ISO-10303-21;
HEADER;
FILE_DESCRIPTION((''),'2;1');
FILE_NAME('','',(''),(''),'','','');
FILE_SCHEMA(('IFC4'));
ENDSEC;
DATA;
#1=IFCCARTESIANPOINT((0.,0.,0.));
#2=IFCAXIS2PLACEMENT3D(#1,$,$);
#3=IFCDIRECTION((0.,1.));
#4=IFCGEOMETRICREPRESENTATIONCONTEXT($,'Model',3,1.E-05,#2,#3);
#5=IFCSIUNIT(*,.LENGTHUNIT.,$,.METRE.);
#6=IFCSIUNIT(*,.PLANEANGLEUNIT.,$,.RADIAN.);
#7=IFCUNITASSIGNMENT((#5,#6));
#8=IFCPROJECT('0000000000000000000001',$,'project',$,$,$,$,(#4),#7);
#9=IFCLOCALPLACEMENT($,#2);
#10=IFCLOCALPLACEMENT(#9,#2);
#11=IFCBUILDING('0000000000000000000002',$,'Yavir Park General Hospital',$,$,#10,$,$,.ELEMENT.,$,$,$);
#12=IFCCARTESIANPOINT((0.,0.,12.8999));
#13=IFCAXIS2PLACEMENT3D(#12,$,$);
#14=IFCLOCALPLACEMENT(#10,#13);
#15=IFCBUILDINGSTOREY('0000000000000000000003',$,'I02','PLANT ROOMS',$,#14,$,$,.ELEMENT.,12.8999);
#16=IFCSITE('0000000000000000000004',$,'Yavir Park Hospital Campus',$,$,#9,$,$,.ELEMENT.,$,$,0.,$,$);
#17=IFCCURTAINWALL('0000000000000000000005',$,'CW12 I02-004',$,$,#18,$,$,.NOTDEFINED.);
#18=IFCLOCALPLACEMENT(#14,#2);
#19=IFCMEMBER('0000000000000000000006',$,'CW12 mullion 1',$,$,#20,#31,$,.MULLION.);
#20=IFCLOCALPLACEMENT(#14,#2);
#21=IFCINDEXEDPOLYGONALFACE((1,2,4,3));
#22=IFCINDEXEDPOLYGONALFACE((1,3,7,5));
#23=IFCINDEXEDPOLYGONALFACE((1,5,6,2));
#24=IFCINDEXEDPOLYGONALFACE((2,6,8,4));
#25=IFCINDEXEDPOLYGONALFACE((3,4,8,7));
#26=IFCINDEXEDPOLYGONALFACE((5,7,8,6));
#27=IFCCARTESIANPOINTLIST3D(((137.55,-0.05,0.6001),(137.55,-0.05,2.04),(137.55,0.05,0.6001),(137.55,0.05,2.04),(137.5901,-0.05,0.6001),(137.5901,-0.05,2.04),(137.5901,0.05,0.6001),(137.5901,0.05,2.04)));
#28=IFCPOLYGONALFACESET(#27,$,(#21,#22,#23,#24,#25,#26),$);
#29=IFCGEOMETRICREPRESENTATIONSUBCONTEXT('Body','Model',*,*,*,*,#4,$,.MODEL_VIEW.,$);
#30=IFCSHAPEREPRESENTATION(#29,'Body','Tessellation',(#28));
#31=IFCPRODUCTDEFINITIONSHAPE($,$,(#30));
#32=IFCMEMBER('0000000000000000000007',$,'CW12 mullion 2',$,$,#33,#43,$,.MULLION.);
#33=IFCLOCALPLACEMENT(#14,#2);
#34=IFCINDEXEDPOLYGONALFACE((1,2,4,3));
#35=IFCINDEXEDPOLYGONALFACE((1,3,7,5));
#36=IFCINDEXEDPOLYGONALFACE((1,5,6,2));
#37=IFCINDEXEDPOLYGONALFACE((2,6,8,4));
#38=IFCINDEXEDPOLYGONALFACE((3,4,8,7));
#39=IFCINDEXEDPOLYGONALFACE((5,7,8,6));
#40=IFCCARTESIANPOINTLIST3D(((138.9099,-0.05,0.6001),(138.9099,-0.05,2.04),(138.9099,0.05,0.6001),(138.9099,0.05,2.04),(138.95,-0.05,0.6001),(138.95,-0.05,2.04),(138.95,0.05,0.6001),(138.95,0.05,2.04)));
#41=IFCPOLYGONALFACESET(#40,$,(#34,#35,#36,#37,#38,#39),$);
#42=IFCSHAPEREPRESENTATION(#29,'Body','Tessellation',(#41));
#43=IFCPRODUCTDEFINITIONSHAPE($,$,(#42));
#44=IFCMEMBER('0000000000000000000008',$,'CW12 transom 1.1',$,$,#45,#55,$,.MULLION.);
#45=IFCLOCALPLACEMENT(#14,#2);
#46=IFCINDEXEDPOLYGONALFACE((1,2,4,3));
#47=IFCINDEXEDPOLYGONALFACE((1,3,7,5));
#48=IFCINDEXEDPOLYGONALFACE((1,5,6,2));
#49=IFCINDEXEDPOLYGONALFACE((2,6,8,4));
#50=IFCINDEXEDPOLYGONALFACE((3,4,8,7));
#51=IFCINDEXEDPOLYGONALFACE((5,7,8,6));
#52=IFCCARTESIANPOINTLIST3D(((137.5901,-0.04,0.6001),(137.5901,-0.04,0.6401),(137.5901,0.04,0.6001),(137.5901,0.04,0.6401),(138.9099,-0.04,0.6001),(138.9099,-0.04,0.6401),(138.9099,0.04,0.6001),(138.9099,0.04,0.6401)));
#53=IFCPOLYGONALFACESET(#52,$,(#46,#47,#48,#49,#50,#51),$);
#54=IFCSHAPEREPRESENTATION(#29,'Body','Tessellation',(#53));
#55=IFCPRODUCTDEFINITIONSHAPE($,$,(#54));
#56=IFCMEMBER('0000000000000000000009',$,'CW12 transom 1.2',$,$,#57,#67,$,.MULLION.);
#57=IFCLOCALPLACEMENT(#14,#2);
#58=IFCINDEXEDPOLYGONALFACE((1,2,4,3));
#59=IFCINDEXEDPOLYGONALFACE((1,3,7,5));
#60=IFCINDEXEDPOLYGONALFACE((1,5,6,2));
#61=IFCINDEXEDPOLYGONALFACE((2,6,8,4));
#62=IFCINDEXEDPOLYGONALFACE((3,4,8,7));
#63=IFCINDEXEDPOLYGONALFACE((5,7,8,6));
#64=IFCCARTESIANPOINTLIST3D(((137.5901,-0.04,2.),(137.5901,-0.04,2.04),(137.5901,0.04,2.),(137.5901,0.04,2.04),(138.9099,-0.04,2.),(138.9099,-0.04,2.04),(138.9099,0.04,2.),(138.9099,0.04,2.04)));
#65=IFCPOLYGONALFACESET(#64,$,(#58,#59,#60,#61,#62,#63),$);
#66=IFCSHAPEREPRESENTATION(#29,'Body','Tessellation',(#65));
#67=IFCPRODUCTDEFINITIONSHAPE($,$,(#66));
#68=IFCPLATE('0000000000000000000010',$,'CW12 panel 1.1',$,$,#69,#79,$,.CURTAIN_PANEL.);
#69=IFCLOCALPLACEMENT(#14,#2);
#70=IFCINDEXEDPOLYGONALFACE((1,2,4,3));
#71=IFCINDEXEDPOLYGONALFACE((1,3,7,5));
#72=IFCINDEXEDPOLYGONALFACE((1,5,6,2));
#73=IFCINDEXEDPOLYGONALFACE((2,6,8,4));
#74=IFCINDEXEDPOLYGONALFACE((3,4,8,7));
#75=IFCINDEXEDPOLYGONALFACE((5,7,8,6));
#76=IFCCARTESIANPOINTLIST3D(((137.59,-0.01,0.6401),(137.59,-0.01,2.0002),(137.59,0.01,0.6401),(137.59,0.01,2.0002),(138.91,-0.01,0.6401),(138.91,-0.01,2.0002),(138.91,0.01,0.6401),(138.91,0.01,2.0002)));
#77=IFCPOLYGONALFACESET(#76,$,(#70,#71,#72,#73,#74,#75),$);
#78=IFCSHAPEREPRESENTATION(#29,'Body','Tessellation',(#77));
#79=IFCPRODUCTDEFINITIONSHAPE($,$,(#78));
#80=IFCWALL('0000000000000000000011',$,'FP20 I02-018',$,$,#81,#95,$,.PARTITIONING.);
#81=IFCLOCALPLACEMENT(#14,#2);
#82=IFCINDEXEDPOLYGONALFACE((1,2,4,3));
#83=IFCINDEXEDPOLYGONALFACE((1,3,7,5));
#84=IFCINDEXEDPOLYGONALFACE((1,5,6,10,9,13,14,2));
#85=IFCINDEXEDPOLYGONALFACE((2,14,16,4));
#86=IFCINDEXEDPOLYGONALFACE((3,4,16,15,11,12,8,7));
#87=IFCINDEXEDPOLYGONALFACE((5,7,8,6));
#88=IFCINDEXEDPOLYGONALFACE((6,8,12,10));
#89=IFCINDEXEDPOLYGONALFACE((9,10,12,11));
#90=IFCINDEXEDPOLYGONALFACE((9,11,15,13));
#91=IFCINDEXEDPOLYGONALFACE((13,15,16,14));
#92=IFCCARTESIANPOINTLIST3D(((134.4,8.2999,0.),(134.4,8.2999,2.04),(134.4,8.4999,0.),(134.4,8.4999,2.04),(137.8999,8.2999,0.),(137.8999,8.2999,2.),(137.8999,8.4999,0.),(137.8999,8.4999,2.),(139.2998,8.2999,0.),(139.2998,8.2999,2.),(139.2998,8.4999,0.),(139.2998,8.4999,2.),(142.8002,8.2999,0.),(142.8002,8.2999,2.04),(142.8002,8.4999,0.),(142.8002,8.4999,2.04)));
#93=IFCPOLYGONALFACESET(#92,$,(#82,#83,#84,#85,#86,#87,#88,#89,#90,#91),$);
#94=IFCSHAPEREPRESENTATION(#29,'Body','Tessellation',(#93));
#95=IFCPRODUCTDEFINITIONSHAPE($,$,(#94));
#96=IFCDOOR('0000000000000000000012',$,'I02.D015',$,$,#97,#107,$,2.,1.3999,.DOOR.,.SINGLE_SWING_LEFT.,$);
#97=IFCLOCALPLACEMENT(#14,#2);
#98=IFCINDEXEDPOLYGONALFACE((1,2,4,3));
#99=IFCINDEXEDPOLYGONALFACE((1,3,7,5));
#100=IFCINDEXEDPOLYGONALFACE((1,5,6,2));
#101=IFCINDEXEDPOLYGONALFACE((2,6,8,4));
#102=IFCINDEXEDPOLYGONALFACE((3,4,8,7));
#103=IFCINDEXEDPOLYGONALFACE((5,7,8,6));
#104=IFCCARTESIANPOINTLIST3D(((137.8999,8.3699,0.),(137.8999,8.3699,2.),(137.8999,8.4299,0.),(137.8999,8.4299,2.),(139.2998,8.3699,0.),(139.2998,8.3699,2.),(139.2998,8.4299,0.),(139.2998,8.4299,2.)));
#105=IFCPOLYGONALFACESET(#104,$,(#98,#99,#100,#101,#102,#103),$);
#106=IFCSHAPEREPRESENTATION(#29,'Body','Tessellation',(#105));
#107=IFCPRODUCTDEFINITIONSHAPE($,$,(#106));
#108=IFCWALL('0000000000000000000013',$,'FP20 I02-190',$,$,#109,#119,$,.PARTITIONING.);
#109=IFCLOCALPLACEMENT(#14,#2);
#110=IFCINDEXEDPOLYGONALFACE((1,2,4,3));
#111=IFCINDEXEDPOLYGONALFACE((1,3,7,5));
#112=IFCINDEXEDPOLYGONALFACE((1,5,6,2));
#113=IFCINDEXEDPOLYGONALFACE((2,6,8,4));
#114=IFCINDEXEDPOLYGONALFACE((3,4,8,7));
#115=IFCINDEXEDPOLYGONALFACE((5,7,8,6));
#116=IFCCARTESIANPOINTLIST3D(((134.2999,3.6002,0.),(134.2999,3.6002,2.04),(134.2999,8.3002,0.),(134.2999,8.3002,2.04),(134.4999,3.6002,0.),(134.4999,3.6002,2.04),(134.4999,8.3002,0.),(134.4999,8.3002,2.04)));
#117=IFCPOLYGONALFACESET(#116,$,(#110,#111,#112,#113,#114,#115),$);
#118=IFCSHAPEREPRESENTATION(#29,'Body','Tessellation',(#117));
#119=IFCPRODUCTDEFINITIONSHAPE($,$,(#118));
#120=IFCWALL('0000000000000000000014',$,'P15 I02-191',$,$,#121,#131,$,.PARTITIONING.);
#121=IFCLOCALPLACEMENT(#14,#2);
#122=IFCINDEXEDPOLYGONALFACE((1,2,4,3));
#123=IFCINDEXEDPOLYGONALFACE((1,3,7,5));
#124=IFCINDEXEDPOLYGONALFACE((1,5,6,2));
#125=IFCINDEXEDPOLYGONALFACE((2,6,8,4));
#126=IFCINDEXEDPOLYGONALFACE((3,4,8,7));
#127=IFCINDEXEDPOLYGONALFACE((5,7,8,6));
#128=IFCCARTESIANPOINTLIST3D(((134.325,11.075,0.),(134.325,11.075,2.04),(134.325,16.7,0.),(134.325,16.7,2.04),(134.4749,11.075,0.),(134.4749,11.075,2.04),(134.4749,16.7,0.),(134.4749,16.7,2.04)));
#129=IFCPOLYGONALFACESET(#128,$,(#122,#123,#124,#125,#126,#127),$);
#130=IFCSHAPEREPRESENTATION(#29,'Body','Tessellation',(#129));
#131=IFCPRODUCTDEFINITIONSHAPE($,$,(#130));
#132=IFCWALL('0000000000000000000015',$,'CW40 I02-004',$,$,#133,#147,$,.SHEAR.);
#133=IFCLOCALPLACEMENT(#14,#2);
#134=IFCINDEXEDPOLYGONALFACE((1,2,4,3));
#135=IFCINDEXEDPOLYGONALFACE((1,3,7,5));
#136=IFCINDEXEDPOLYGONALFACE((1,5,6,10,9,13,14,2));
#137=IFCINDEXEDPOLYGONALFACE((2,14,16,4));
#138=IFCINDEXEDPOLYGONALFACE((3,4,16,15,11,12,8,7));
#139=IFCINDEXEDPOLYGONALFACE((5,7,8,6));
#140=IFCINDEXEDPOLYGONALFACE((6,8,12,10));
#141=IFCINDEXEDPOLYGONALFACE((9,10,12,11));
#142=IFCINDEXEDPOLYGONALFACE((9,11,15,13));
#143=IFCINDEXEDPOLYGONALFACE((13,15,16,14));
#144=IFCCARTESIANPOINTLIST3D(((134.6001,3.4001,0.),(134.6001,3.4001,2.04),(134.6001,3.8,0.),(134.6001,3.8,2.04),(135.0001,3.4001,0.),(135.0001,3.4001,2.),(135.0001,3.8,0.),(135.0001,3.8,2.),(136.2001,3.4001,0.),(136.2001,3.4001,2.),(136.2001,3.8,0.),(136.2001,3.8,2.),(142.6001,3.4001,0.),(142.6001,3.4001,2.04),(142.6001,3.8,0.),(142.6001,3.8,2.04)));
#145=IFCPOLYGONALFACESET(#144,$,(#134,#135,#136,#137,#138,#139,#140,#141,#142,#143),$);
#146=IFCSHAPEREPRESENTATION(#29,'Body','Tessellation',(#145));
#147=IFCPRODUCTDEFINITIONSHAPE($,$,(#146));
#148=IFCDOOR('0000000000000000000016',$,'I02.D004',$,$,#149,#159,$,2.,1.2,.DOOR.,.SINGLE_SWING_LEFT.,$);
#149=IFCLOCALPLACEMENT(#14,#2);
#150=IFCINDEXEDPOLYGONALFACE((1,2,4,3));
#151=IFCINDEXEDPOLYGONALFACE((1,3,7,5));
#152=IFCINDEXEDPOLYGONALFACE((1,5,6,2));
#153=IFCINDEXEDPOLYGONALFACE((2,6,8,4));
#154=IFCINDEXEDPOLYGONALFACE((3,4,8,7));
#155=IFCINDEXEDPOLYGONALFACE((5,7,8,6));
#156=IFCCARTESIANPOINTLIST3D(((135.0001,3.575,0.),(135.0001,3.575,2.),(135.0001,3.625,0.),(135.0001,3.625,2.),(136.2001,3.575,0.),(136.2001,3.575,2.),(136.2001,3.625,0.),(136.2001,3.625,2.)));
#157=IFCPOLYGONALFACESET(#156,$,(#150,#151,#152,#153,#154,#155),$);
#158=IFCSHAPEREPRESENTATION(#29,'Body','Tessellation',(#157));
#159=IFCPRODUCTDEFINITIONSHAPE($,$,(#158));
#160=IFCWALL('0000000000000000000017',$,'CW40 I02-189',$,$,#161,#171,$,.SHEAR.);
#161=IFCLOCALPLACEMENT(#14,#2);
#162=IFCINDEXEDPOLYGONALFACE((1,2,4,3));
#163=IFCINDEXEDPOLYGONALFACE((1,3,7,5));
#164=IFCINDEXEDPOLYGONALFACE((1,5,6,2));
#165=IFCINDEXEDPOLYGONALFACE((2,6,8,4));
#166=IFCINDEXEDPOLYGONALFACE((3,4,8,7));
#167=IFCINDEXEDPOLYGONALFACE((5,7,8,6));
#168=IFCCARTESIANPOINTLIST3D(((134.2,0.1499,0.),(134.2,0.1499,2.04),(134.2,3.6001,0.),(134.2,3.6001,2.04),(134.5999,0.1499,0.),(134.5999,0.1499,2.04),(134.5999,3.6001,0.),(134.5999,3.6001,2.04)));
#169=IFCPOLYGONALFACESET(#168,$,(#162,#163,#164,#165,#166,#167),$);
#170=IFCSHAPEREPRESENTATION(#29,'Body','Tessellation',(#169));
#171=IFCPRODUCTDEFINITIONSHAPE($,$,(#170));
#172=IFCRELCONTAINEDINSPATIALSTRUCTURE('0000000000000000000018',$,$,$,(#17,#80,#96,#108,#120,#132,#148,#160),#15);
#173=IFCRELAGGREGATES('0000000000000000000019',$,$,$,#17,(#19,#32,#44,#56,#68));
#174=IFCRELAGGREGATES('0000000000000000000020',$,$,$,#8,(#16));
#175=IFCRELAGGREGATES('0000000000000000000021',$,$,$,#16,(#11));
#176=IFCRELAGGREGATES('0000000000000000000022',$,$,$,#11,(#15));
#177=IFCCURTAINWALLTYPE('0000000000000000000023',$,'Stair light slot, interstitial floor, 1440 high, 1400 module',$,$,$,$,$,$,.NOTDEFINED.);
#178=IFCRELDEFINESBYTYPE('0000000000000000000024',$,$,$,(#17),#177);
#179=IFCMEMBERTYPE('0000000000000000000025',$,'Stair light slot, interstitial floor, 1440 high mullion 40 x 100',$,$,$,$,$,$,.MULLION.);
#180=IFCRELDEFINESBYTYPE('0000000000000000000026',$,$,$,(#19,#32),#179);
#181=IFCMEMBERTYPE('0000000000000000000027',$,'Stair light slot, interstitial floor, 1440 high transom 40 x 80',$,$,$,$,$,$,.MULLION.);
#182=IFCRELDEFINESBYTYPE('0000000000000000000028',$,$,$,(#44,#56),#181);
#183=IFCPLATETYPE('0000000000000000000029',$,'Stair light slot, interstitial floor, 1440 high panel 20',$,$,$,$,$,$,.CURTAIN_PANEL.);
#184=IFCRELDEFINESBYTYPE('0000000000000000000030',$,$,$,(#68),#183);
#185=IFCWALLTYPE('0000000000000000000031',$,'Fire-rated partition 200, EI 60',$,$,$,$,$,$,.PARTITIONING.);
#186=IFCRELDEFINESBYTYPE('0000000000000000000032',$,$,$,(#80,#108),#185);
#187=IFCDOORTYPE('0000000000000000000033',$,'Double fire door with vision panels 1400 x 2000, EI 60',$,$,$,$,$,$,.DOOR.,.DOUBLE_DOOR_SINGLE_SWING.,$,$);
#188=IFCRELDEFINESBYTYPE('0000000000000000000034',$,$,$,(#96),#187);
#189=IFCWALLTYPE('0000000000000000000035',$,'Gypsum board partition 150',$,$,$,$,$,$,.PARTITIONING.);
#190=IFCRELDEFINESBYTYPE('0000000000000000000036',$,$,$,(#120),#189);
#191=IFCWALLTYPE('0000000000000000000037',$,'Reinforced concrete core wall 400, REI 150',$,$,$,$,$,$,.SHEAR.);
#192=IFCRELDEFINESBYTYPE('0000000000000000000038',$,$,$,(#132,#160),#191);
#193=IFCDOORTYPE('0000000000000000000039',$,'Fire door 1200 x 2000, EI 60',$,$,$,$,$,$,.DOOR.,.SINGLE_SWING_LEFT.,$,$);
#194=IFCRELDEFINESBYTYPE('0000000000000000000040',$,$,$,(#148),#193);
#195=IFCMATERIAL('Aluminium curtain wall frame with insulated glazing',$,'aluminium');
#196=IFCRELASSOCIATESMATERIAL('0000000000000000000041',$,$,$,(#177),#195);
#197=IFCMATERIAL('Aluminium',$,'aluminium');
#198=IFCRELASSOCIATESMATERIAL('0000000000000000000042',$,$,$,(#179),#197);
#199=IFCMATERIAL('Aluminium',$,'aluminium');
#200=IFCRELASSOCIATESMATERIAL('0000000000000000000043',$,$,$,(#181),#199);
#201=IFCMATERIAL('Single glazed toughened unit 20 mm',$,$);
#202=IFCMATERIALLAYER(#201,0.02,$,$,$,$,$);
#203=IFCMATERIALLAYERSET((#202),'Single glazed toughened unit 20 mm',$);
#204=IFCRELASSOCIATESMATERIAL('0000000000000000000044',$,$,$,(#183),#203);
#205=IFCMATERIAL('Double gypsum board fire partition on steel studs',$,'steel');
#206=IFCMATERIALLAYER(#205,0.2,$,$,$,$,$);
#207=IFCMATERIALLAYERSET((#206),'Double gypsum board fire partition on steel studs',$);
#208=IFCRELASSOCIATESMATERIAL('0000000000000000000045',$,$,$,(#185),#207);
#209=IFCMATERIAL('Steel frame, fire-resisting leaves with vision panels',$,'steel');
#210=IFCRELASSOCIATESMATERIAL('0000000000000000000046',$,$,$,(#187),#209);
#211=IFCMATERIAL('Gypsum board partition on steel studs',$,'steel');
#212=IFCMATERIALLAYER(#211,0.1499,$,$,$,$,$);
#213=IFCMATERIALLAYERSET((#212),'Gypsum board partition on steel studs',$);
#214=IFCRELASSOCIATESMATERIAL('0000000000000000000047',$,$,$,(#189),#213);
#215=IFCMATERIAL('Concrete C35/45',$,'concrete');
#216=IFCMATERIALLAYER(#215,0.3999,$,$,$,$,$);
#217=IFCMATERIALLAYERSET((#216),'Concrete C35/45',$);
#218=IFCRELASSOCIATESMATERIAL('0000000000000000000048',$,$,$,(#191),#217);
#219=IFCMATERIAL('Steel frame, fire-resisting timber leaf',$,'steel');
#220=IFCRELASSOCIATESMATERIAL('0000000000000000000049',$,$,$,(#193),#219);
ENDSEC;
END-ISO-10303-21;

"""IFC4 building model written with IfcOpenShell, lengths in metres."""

from ifc_helpers import new_model, si_unit, direction, frame, frame_2d, origin, origin_2d, place, context, subcontext, project, spatial, rectangle, extrude, material, layer, layer_set, material_profile, profile_set, type_object, element, fill, aggregate, save


model = new_model("IFC4")

# Units and contexts
model_context = context("Model", 3, precision=1e-05, world=origin(), true_north=direction((0.0, 1.0)))
body_context = subcontext(model_context, "Body", "Model", "MODEL_VIEW")
ifc_project = project(units=[si_unit("LENGTHUNIT", "METRE"), si_unit("PLANEANGLEUNIT", "RADIAN")], contexts=[model_context])

# Site, building, storey
site_placement = place(None, origin())
site = spatial("IfcSite", under=ifc_project, at=site_placement, Name="Yavir Park Hospital Campus", CompositionType="ELEMENT", RefElevation=0.0)
building_placement = place(site_placement, origin())
building = spatial("IfcBuilding", under=site, at=building_placement, Name="Yavir Park General Hospital", CompositionType="ELEMENT")
storey_placement = place(building_placement, frame((0.0, 0.0, 12.8999)))
storey = spatial("IfcBuildingStorey", under=building, at=storey_placement, Name="I02", Description="PLANT ROOMS", CompositionType="ELEMENT", Elevation=12.8999)

# Curtain wall, members, plate
ifc_material_1 = material(Name="Aluminium curtain wall frame with insulated glazing", Category="aluminium")
curtain_wall_type = type_object("IfcCurtainWallType", Name="Stair light slot, interstitial floor, 1440 high, 1400 module", PredefinedType="NOTDEFINED", material=ifc_material_1)
curtain_wall_placement = place(storey_placement, origin())
curtain_wall = element("IfcCurtainWall", 1, at=curtain_wall_placement, inside=storey, type_object=curtain_wall_type, Name="CW12 I02-004", PredefinedType="NOTDEFINED")
ifc_material_2 = material(Name="Aluminium", Category="aluminium")
ifc_material_profile_1 = material_profile(ifc_material_2, rectangle(XDim=0.1001, YDim=0.04, at=origin_2d()), Name="AL 40x100")
ifc_profile_set_1 = profile_set([ifc_material_profile_1], Name="Aluminium")
member_type_1 = type_object("IfcMemberType", Name="Stair light slot, interstitial floor, 1440 high mullion 40 x 100", PredefinedType="MULLION", material=ifc_profile_set_1)
member_1_placement = place(storey_placement, frame((137.5701, 0.0, 0.6001), z_axis=(0.0, 0.0, 1.0), x_axis=(0.0, 1.0, 0.0)))
member_1 = element("IfcMember", 2, at=member_1_placement, type_object=member_type_1, Name="CW12 mullion 1", PredefinedType="MULLION", context=body_context, shape_type="SweptSolid", body=[
    extrude(rectangle(XDim=0.1001, YDim=0.04, at=origin_2d()), origin(), (0.0, 0.0, 1.0), 1.4399),
])
member_2_placement = place(storey_placement, frame((138.9299, 0.0, 0.6001), z_axis=(0.0, 0.0, 1.0), x_axis=(0.0, 1.0, 0.0)))
member_2 = element("IfcMember", 3, at=member_2_placement, type_object=member_type_1, Name="CW12 mullion 2", PredefinedType="MULLION", context=body_context, shape_type="SweptSolid", body=[
    extrude(rectangle(XDim=0.1001, YDim=0.04, at=origin_2d()), origin(), (0.0, 0.0, 1.0), 1.4399),
])
ifc_material_3 = material(Name="Aluminium", Category="aluminium")
ifc_material_profile_2 = material_profile(ifc_material_3, rectangle(XDim=0.0801, YDim=0.04, at=origin_2d()), Name="AL 80x40")
ifc_profile_set_2 = profile_set([ifc_material_profile_2], Name="Aluminium")
member_type_2 = type_object("IfcMemberType", Name="Stair light slot, interstitial floor, 1440 high transom 40 x 80", PredefinedType="MULLION", material=ifc_profile_set_2)
member_3_placement = place(storey_placement, frame((137.5901, 0.0, 0.6201), z_axis=(1.0, 0.0, 0.0), x_axis=(0.0, 1.0, 0.0)))
member_3 = element("IfcMember", 4, at=member_3_placement, type_object=member_type_2, Name="CW12 transom 1.1", PredefinedType="MULLION", context=body_context, shape_type="SweptSolid", body=[
    extrude(rectangle(XDim=0.0801, YDim=0.04, at=origin_2d()), origin(), (0.0, 0.0, 1.0), 1.3198),
])
member_4_placement = place(storey_placement, frame((137.5901, 0.0, 2.02), z_axis=(1.0, 0.0, 0.0), x_axis=(0.0, 1.0, 0.0)))
member_4 = element("IfcMember", 5, at=member_4_placement, type_object=member_type_2, Name="CW12 transom 1.2", PredefinedType="MULLION", context=body_context, shape_type="SweptSolid", body=[
    extrude(rectangle(XDim=0.0801, YDim=0.04, at=origin_2d()), origin(), (0.0, 0.0, 1.0), 1.3198),
])
ifc_material_4 = material(Name="Single glazed toughened unit 20 mm")
ifc_layer_1 = layer(ifc_material_4, 0.02)
ifc_layer_set_1 = layer_set([ifc_layer_1], Name="Single glazed toughened unit 20 mm")
plate_type = type_object("IfcPlateType", Name="Stair light slot, interstitial floor, 1440 high panel 20", PredefinedType="CURTAIN_PANEL", material=ifc_layer_set_1)
plate_placement = place(storey_placement, frame((138.25, 0.0, 0.6401), z_axis=(0.0, 0.0, 1.0), x_axis=(1.0, 0.0, 0.0)))
plate = element("IfcPlate", 6, at=plate_placement, type_object=plate_type, Name="CW12 panel 1.1", PredefinedType="CURTAIN_PANEL", context=body_context, shape_type="SweptSolid", body=[
    extrude(rectangle(XDim=1.3201, YDim=0.02, at=origin_2d()), origin(), (0.0, 0.0, 1.0), 1.3601),
])
aggregate(curtain_wall, [member_1, member_2, member_3, member_4, plate])

# Wall, opening, door
ifc_material_5 = material(Name="Double gypsum board fire partition on steel studs", Category="steel")
ifc_layer_2 = layer(ifc_material_5, 0.2)
ifc_layer_set_2 = layer_set([ifc_layer_2], Name="Double gypsum board fire partition on steel studs")
wall_type_1 = type_object("IfcWallType", Name="Fire-rated partition 200, EI 60", PredefinedType="PARTITIONING", material=ifc_layer_set_2)
wall_1_placement = place(storey_placement, frame((134.3999, 8.3999, 0.0), z_axis=(0.0, 0.0, 1.0), x_axis=(1.0, 0.0, 0.0)))
wall_1 = element("IfcWall", 7, at=wall_1_placement, inside=storey, type_object=wall_type_1, Name="FP20 I02-018", PredefinedType="PARTITIONING", context=body_context, shape_type="SweptSolid", body=[
    extrude(rectangle(XDim=8.4001, YDim=0.2, at=frame_2d((4.2002, 0.0))), origin(), (0.0, 0.0, 1.0), 2.04),
])
opening_1_placement = place(wall_1_placement, frame((3.5, 0.0, 0.0)))
opening_1 = element("IfcOpeningElement", 8, at=opening_1_placement, cuts=wall_1, PredefinedType="OPENING", context=body_context, shape_type="SweptSolid", body=[
    extrude(rectangle(XDim=1.3999, YDim=2.0, at=frame_2d((0.7, 1.0))), frame((0.0, 0.1099, 0.0), z_axis=(0.0, -1.0, 0.0), x_axis=(1.0, 0.0, 0.0)), (0.0, 0.0, 1.0), 0.22),
])
ifc_material_6 = material(Name="Steel frame, fire-resisting leaves with vision panels", Category="steel")
door_type_1 = type_object("IfcDoorType", Name="Double fire door with vision panels 1400 x 2000, EI 60", OperationType="DOUBLE_DOOR_SINGLE_SWING", PredefinedType="DOOR", material=ifc_material_6)
door_1_placement = place(opening_1_placement, origin())
door_1 = element("IfcDoor", 9, at=door_1_placement, inside=storey, type_object=door_type_1, Name="I02.D015", OperationType="SINGLE_SWING_LEFT", OverallHeight=2.0, OverallWidth=1.3999, PredefinedType="DOOR", context=body_context, shape_type="SweptSolid", body=[
    extrude(rectangle(XDim=1.3999, YDim=2.0, at=frame_2d((0.7, 1.0))), frame((0.0, 0.03, 0.0), z_axis=(0.0, -1.0, 0.0), x_axis=(1.0, 0.0, 0.0)), (0.0, 0.0, 1.0), 0.0601),
])
fill(opening_1, door_1)

# Walls
wall_2_placement = place(storey_placement, frame((134.3999, 3.6001, 0.0), z_axis=(0.0, 0.0, 1.0), x_axis=(0.0, 1.0, 0.0)))
element("IfcWall", 10, at=wall_2_placement, inside=storey, type_object=wall_type_1, Name="FP20 I02-190", PredefinedType="PARTITIONING", context=body_context, shape_type="SweptSolid", body=[
    extrude(rectangle(XDim=4.7, YDim=0.2, at=frame_2d((2.3501, 0.0))), origin(), (0.0, 0.0, 1.0), 2.04),
])
ifc_material_7 = material(Name="Gypsum board partition on steel studs", Category="steel")
ifc_layer_3 = layer(ifc_material_7, 0.1499)
ifc_layer_set_3 = layer_set([ifc_layer_3], Name="Gypsum board partition on steel studs")
wall_type_2 = type_object("IfcWallType", Name="Gypsum board partition 150", PredefinedType="PARTITIONING", material=ifc_layer_set_3)
wall_3_placement = place(storey_placement, frame((134.3999, 11.075, 0.0), z_axis=(0.0, 0.0, 1.0), x_axis=(0.0, 1.0, 0.0)))
element("IfcWall", 11, at=wall_3_placement, inside=storey, type_object=wall_type_2, Name="P15 I02-191", PredefinedType="PARTITIONING", context=body_context, shape_type="SweptSolid", body=[
    extrude(rectangle(XDim=5.625, YDim=0.1499, at=frame_2d((2.8125, 0.0))), origin(), (0.0, 0.0, 1.0), 2.04),
])

# Wall, opening, door
ifc_material_8 = material(Name="Concrete C35/45", Category="concrete")
ifc_layer_4 = layer(ifc_material_8, 0.3999)
ifc_layer_set_4 = layer_set([ifc_layer_4], Name="Concrete C35/45")
wall_type_3 = type_object("IfcWallType", Name="Reinforced concrete core wall 400, REI 150", PredefinedType="SHEAR", material=ifc_layer_set_4)
wall_4_placement = place(storey_placement, frame((134.6001, 3.6001, 0.0), z_axis=(0.0, 0.0, 1.0), x_axis=(1.0, 0.0, 0.0)))
wall_4 = element("IfcWall", 12, at=wall_4_placement, inside=storey, type_object=wall_type_3, Name="CW40 I02-004", PredefinedType="SHEAR", context=body_context, shape_type="SweptSolid", body=[
    extrude(rectangle(XDim=8.0, YDim=0.3999, at=frame_2d((4.0, 0.0))), origin(), (0.0, 0.0, 1.0), 2.04),
])
opening_2_placement = place(wall_4_placement, frame((0.3999, 0.0, 0.0)))
opening_2 = element("IfcOpeningElement", 13, at=opening_2_placement, cuts=wall_4, PredefinedType="OPENING", context=body_context, shape_type="SweptSolid", body=[
    extrude(rectangle(XDim=1.2, YDim=2.0, at=frame_2d((0.6001, 1.0))), frame((0.0, 0.21, 0.0), z_axis=(0.0, -1.0, 0.0), x_axis=(1.0, 0.0, 0.0)), (0.0, 0.0, 1.0), 0.4199),
])
ifc_material_9 = material(Name="Steel frame, fire-resisting timber leaf", Category="steel")
door_type_2 = type_object("IfcDoorType", Name="Fire door 1200 x 2000, EI 60", OperationType="SINGLE_SWING_LEFT", PredefinedType="DOOR", material=ifc_material_9)
door_2_placement = place(opening_2_placement, origin())
door_2 = element("IfcDoor", 14, at=door_2_placement, inside=storey, type_object=door_type_2, Name="I02.D004", OperationType="SINGLE_SWING_LEFT", OverallHeight=2.0, OverallWidth=1.2, PredefinedType="DOOR", context=body_context, shape_type="SweptSolid", body=[
    extrude(rectangle(XDim=1.2, YDim=2.0, at=frame_2d((0.6001, 1.0))), frame((0.0, 0.0249, 0.0), z_axis=(0.0, -1.0, 0.0), x_axis=(1.0, 0.0, 0.0)), (0.0, 0.0, 1.0), 0.05),
])
fill(opening_2, door_2)

# Wall
wall_5_placement = place(storey_placement, frame((134.3999, 0.1499, 0.0), z_axis=(0.0, 0.0, 1.0), x_axis=(0.0, 1.0, 0.0)))
element("IfcWall", 15, at=wall_5_placement, inside=storey, type_object=wall_type_3, Name="CW40 I02-189", PredefinedType="SHEAR", context=body_context, shape_type="SweptSolid", body=[
    extrude(rectangle(XDim=3.4502, YDim=0.3999, at=frame_2d((1.7251, 0.0))), origin(), (0.0, 0.0, 1.0), 2.04),
])

save(model, "model.ifc")
